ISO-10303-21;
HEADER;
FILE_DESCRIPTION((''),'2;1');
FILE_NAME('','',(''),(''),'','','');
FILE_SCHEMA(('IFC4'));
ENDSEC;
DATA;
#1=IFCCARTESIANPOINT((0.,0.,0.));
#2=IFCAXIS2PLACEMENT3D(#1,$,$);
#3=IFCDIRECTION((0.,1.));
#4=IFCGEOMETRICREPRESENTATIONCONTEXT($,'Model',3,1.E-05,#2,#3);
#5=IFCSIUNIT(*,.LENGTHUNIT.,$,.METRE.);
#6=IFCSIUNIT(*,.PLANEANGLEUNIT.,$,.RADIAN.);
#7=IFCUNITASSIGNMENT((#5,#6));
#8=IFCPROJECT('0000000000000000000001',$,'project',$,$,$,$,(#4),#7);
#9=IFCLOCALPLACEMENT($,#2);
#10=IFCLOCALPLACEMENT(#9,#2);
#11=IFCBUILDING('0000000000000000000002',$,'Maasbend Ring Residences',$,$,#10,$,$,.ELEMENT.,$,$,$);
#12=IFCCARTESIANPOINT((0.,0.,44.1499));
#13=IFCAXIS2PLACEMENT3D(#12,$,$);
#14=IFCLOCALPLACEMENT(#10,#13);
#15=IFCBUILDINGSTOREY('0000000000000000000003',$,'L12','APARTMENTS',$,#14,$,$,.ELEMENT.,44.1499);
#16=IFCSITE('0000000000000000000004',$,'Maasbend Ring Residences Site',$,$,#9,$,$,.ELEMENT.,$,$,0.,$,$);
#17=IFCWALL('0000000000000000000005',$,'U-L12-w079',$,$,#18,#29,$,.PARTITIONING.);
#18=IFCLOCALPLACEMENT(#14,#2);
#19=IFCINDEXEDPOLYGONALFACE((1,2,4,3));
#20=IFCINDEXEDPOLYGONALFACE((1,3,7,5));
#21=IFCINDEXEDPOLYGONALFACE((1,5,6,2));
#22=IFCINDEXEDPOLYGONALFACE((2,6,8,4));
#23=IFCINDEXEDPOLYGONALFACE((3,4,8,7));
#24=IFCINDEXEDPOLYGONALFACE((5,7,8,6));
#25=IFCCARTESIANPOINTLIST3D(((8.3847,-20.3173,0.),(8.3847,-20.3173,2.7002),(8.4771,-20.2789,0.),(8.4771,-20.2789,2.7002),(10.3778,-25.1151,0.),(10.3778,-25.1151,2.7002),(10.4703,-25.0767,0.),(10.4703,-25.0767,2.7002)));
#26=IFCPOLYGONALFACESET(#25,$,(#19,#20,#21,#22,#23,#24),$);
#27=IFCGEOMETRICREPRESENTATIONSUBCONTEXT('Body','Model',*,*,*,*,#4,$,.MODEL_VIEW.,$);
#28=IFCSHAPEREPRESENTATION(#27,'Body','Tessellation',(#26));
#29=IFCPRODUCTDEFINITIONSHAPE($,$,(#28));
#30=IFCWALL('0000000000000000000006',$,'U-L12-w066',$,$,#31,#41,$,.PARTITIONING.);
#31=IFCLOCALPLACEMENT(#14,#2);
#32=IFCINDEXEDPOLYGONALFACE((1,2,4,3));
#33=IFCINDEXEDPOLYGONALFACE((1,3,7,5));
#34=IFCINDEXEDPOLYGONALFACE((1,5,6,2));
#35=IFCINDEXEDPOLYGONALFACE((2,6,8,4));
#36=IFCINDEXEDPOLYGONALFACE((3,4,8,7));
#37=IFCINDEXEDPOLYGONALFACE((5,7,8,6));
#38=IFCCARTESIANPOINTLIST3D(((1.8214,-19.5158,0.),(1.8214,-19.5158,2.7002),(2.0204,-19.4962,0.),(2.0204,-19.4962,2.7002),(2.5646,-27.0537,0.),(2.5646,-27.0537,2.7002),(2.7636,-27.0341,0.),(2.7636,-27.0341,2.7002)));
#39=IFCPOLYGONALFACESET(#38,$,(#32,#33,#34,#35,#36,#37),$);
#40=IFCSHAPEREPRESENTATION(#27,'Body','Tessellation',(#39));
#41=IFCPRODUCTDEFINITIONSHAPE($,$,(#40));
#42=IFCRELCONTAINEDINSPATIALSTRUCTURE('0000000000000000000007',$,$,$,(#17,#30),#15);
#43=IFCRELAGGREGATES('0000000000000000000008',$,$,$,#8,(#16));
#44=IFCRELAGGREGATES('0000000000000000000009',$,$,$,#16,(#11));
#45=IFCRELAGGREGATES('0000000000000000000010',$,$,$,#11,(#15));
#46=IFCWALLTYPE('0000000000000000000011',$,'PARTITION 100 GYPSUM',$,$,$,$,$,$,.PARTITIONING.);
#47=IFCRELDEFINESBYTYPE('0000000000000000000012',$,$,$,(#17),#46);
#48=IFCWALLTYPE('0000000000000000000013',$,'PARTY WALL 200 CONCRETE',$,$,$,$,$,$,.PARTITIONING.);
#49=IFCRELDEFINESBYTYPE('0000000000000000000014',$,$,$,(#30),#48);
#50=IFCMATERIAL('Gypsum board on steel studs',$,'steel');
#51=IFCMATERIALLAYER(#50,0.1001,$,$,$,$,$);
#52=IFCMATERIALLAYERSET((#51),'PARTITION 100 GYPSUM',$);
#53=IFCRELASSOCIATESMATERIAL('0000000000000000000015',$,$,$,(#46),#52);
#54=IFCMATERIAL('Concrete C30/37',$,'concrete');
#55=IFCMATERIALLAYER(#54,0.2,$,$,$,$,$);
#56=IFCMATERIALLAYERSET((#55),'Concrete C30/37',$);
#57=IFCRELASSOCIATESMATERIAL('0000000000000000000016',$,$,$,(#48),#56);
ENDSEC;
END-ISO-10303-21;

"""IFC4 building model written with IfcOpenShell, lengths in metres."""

from ifc_helpers import new_model, si_unit, direction, frame, frame_2d, origin, place, context, subcontext, project, spatial, rectangle, extrude, material, layer, layer_set, type_object, element, save


model = new_model("IFC4")

# Units and contexts
model_context = context("Model", 3, precision=1e-05, world=origin(), true_north=direction((0.0, 1.0)))
body_context = subcontext(model_context, "Body", "Model", "MODEL_VIEW")
ifc_project = project(units=[si_unit("LENGTHUNIT", "METRE"), si_unit("PLANEANGLEUNIT", "RADIAN")], contexts=[model_context])

# Site, building, storey
site_placement = place(None, origin())
site = spatial("IfcSite", under=ifc_project, at=site_placement, Name="Maasbend Ring Residences Site", CompositionType="ELEMENT", RefElevation=0.0)
building_placement = place(site_placement, origin())
building = spatial("IfcBuilding", under=site, at=building_placement, Name="Maasbend Ring Residences", CompositionType="ELEMENT")
storey_placement = place(building_placement, frame((0.0, 0.0, 44.1499)))
storey = spatial("IfcBuildingStorey", under=building, at=storey_placement, Name="L12", Description="APARTMENTS", CompositionType="ELEMENT", Elevation=44.1499)

# Shared definitions
ifc_material_1 = material(Name="Gypsum board on steel studs", Category="steel")
ifc_layer_1 = layer(ifc_material_1, 0.1001)
ifc_layer_set_1 = layer_set([ifc_layer_1], Name="PARTITION 100 GYPSUM")
wall_type_1 = type_object("IfcWallType", Name="PARTITION 100 GYPSUM", PredefinedType="PARTITIONING", material=ifc_layer_set_1)

# Walls
wall_1_placement = place(storey_placement, frame((8.4309, -20.2981, 0.0), z_axis=(0.0, 0.0, 1.0), x_axis=(0.383641, -0.923482, 0.0)))
element("IfcWall", 1, at=wall_1_placement, inside=storey, type_object=wall_type_1, Name="U-L12-w079", PredefinedType="PARTITIONING", context=body_context, shape_type="SweptSolid", body=[
    extrude(rectangle(XDim=5.1953, YDim=0.1001, at=frame_2d((2.5977, 0.0))), origin(), (0.0, 0.0, 1.0), 2.7002),
])
ifc_material_2 = material(Name="Concrete C30/37", Category="concrete")
ifc_layer_2 = layer(ifc_material_2, 0.2)
ifc_layer_set_2 = layer_set([ifc_layer_2], Name="Concrete C30/37")
wall_type_2 = type_object("IfcWallType", Name="PARTY WALL 200 CONCRETE", PredefinedType="PARTITIONING", material=ifc_layer_set_2)
wall_2_placement = place(storey_placement, frame((1.9209, -19.5061, 0.0), z_axis=(0.0, 0.0, 1.0), x_axis=(0.098115, -0.995175, 0.0)))
element("IfcWall", 2, at=wall_2_placement, inside=storey, type_object=wall_type_2, Name="U-L12-w066", PredefinedType="PARTITIONING", context=body_context, shape_type="SweptSolid", body=[
    extrude(rectangle(XDim=7.5745, YDim=0.2, at=frame_2d((3.7871, 0.0))), origin(), (0.0, 0.0, 1.0), 2.7002),
])

save(model, "model.ifc")
